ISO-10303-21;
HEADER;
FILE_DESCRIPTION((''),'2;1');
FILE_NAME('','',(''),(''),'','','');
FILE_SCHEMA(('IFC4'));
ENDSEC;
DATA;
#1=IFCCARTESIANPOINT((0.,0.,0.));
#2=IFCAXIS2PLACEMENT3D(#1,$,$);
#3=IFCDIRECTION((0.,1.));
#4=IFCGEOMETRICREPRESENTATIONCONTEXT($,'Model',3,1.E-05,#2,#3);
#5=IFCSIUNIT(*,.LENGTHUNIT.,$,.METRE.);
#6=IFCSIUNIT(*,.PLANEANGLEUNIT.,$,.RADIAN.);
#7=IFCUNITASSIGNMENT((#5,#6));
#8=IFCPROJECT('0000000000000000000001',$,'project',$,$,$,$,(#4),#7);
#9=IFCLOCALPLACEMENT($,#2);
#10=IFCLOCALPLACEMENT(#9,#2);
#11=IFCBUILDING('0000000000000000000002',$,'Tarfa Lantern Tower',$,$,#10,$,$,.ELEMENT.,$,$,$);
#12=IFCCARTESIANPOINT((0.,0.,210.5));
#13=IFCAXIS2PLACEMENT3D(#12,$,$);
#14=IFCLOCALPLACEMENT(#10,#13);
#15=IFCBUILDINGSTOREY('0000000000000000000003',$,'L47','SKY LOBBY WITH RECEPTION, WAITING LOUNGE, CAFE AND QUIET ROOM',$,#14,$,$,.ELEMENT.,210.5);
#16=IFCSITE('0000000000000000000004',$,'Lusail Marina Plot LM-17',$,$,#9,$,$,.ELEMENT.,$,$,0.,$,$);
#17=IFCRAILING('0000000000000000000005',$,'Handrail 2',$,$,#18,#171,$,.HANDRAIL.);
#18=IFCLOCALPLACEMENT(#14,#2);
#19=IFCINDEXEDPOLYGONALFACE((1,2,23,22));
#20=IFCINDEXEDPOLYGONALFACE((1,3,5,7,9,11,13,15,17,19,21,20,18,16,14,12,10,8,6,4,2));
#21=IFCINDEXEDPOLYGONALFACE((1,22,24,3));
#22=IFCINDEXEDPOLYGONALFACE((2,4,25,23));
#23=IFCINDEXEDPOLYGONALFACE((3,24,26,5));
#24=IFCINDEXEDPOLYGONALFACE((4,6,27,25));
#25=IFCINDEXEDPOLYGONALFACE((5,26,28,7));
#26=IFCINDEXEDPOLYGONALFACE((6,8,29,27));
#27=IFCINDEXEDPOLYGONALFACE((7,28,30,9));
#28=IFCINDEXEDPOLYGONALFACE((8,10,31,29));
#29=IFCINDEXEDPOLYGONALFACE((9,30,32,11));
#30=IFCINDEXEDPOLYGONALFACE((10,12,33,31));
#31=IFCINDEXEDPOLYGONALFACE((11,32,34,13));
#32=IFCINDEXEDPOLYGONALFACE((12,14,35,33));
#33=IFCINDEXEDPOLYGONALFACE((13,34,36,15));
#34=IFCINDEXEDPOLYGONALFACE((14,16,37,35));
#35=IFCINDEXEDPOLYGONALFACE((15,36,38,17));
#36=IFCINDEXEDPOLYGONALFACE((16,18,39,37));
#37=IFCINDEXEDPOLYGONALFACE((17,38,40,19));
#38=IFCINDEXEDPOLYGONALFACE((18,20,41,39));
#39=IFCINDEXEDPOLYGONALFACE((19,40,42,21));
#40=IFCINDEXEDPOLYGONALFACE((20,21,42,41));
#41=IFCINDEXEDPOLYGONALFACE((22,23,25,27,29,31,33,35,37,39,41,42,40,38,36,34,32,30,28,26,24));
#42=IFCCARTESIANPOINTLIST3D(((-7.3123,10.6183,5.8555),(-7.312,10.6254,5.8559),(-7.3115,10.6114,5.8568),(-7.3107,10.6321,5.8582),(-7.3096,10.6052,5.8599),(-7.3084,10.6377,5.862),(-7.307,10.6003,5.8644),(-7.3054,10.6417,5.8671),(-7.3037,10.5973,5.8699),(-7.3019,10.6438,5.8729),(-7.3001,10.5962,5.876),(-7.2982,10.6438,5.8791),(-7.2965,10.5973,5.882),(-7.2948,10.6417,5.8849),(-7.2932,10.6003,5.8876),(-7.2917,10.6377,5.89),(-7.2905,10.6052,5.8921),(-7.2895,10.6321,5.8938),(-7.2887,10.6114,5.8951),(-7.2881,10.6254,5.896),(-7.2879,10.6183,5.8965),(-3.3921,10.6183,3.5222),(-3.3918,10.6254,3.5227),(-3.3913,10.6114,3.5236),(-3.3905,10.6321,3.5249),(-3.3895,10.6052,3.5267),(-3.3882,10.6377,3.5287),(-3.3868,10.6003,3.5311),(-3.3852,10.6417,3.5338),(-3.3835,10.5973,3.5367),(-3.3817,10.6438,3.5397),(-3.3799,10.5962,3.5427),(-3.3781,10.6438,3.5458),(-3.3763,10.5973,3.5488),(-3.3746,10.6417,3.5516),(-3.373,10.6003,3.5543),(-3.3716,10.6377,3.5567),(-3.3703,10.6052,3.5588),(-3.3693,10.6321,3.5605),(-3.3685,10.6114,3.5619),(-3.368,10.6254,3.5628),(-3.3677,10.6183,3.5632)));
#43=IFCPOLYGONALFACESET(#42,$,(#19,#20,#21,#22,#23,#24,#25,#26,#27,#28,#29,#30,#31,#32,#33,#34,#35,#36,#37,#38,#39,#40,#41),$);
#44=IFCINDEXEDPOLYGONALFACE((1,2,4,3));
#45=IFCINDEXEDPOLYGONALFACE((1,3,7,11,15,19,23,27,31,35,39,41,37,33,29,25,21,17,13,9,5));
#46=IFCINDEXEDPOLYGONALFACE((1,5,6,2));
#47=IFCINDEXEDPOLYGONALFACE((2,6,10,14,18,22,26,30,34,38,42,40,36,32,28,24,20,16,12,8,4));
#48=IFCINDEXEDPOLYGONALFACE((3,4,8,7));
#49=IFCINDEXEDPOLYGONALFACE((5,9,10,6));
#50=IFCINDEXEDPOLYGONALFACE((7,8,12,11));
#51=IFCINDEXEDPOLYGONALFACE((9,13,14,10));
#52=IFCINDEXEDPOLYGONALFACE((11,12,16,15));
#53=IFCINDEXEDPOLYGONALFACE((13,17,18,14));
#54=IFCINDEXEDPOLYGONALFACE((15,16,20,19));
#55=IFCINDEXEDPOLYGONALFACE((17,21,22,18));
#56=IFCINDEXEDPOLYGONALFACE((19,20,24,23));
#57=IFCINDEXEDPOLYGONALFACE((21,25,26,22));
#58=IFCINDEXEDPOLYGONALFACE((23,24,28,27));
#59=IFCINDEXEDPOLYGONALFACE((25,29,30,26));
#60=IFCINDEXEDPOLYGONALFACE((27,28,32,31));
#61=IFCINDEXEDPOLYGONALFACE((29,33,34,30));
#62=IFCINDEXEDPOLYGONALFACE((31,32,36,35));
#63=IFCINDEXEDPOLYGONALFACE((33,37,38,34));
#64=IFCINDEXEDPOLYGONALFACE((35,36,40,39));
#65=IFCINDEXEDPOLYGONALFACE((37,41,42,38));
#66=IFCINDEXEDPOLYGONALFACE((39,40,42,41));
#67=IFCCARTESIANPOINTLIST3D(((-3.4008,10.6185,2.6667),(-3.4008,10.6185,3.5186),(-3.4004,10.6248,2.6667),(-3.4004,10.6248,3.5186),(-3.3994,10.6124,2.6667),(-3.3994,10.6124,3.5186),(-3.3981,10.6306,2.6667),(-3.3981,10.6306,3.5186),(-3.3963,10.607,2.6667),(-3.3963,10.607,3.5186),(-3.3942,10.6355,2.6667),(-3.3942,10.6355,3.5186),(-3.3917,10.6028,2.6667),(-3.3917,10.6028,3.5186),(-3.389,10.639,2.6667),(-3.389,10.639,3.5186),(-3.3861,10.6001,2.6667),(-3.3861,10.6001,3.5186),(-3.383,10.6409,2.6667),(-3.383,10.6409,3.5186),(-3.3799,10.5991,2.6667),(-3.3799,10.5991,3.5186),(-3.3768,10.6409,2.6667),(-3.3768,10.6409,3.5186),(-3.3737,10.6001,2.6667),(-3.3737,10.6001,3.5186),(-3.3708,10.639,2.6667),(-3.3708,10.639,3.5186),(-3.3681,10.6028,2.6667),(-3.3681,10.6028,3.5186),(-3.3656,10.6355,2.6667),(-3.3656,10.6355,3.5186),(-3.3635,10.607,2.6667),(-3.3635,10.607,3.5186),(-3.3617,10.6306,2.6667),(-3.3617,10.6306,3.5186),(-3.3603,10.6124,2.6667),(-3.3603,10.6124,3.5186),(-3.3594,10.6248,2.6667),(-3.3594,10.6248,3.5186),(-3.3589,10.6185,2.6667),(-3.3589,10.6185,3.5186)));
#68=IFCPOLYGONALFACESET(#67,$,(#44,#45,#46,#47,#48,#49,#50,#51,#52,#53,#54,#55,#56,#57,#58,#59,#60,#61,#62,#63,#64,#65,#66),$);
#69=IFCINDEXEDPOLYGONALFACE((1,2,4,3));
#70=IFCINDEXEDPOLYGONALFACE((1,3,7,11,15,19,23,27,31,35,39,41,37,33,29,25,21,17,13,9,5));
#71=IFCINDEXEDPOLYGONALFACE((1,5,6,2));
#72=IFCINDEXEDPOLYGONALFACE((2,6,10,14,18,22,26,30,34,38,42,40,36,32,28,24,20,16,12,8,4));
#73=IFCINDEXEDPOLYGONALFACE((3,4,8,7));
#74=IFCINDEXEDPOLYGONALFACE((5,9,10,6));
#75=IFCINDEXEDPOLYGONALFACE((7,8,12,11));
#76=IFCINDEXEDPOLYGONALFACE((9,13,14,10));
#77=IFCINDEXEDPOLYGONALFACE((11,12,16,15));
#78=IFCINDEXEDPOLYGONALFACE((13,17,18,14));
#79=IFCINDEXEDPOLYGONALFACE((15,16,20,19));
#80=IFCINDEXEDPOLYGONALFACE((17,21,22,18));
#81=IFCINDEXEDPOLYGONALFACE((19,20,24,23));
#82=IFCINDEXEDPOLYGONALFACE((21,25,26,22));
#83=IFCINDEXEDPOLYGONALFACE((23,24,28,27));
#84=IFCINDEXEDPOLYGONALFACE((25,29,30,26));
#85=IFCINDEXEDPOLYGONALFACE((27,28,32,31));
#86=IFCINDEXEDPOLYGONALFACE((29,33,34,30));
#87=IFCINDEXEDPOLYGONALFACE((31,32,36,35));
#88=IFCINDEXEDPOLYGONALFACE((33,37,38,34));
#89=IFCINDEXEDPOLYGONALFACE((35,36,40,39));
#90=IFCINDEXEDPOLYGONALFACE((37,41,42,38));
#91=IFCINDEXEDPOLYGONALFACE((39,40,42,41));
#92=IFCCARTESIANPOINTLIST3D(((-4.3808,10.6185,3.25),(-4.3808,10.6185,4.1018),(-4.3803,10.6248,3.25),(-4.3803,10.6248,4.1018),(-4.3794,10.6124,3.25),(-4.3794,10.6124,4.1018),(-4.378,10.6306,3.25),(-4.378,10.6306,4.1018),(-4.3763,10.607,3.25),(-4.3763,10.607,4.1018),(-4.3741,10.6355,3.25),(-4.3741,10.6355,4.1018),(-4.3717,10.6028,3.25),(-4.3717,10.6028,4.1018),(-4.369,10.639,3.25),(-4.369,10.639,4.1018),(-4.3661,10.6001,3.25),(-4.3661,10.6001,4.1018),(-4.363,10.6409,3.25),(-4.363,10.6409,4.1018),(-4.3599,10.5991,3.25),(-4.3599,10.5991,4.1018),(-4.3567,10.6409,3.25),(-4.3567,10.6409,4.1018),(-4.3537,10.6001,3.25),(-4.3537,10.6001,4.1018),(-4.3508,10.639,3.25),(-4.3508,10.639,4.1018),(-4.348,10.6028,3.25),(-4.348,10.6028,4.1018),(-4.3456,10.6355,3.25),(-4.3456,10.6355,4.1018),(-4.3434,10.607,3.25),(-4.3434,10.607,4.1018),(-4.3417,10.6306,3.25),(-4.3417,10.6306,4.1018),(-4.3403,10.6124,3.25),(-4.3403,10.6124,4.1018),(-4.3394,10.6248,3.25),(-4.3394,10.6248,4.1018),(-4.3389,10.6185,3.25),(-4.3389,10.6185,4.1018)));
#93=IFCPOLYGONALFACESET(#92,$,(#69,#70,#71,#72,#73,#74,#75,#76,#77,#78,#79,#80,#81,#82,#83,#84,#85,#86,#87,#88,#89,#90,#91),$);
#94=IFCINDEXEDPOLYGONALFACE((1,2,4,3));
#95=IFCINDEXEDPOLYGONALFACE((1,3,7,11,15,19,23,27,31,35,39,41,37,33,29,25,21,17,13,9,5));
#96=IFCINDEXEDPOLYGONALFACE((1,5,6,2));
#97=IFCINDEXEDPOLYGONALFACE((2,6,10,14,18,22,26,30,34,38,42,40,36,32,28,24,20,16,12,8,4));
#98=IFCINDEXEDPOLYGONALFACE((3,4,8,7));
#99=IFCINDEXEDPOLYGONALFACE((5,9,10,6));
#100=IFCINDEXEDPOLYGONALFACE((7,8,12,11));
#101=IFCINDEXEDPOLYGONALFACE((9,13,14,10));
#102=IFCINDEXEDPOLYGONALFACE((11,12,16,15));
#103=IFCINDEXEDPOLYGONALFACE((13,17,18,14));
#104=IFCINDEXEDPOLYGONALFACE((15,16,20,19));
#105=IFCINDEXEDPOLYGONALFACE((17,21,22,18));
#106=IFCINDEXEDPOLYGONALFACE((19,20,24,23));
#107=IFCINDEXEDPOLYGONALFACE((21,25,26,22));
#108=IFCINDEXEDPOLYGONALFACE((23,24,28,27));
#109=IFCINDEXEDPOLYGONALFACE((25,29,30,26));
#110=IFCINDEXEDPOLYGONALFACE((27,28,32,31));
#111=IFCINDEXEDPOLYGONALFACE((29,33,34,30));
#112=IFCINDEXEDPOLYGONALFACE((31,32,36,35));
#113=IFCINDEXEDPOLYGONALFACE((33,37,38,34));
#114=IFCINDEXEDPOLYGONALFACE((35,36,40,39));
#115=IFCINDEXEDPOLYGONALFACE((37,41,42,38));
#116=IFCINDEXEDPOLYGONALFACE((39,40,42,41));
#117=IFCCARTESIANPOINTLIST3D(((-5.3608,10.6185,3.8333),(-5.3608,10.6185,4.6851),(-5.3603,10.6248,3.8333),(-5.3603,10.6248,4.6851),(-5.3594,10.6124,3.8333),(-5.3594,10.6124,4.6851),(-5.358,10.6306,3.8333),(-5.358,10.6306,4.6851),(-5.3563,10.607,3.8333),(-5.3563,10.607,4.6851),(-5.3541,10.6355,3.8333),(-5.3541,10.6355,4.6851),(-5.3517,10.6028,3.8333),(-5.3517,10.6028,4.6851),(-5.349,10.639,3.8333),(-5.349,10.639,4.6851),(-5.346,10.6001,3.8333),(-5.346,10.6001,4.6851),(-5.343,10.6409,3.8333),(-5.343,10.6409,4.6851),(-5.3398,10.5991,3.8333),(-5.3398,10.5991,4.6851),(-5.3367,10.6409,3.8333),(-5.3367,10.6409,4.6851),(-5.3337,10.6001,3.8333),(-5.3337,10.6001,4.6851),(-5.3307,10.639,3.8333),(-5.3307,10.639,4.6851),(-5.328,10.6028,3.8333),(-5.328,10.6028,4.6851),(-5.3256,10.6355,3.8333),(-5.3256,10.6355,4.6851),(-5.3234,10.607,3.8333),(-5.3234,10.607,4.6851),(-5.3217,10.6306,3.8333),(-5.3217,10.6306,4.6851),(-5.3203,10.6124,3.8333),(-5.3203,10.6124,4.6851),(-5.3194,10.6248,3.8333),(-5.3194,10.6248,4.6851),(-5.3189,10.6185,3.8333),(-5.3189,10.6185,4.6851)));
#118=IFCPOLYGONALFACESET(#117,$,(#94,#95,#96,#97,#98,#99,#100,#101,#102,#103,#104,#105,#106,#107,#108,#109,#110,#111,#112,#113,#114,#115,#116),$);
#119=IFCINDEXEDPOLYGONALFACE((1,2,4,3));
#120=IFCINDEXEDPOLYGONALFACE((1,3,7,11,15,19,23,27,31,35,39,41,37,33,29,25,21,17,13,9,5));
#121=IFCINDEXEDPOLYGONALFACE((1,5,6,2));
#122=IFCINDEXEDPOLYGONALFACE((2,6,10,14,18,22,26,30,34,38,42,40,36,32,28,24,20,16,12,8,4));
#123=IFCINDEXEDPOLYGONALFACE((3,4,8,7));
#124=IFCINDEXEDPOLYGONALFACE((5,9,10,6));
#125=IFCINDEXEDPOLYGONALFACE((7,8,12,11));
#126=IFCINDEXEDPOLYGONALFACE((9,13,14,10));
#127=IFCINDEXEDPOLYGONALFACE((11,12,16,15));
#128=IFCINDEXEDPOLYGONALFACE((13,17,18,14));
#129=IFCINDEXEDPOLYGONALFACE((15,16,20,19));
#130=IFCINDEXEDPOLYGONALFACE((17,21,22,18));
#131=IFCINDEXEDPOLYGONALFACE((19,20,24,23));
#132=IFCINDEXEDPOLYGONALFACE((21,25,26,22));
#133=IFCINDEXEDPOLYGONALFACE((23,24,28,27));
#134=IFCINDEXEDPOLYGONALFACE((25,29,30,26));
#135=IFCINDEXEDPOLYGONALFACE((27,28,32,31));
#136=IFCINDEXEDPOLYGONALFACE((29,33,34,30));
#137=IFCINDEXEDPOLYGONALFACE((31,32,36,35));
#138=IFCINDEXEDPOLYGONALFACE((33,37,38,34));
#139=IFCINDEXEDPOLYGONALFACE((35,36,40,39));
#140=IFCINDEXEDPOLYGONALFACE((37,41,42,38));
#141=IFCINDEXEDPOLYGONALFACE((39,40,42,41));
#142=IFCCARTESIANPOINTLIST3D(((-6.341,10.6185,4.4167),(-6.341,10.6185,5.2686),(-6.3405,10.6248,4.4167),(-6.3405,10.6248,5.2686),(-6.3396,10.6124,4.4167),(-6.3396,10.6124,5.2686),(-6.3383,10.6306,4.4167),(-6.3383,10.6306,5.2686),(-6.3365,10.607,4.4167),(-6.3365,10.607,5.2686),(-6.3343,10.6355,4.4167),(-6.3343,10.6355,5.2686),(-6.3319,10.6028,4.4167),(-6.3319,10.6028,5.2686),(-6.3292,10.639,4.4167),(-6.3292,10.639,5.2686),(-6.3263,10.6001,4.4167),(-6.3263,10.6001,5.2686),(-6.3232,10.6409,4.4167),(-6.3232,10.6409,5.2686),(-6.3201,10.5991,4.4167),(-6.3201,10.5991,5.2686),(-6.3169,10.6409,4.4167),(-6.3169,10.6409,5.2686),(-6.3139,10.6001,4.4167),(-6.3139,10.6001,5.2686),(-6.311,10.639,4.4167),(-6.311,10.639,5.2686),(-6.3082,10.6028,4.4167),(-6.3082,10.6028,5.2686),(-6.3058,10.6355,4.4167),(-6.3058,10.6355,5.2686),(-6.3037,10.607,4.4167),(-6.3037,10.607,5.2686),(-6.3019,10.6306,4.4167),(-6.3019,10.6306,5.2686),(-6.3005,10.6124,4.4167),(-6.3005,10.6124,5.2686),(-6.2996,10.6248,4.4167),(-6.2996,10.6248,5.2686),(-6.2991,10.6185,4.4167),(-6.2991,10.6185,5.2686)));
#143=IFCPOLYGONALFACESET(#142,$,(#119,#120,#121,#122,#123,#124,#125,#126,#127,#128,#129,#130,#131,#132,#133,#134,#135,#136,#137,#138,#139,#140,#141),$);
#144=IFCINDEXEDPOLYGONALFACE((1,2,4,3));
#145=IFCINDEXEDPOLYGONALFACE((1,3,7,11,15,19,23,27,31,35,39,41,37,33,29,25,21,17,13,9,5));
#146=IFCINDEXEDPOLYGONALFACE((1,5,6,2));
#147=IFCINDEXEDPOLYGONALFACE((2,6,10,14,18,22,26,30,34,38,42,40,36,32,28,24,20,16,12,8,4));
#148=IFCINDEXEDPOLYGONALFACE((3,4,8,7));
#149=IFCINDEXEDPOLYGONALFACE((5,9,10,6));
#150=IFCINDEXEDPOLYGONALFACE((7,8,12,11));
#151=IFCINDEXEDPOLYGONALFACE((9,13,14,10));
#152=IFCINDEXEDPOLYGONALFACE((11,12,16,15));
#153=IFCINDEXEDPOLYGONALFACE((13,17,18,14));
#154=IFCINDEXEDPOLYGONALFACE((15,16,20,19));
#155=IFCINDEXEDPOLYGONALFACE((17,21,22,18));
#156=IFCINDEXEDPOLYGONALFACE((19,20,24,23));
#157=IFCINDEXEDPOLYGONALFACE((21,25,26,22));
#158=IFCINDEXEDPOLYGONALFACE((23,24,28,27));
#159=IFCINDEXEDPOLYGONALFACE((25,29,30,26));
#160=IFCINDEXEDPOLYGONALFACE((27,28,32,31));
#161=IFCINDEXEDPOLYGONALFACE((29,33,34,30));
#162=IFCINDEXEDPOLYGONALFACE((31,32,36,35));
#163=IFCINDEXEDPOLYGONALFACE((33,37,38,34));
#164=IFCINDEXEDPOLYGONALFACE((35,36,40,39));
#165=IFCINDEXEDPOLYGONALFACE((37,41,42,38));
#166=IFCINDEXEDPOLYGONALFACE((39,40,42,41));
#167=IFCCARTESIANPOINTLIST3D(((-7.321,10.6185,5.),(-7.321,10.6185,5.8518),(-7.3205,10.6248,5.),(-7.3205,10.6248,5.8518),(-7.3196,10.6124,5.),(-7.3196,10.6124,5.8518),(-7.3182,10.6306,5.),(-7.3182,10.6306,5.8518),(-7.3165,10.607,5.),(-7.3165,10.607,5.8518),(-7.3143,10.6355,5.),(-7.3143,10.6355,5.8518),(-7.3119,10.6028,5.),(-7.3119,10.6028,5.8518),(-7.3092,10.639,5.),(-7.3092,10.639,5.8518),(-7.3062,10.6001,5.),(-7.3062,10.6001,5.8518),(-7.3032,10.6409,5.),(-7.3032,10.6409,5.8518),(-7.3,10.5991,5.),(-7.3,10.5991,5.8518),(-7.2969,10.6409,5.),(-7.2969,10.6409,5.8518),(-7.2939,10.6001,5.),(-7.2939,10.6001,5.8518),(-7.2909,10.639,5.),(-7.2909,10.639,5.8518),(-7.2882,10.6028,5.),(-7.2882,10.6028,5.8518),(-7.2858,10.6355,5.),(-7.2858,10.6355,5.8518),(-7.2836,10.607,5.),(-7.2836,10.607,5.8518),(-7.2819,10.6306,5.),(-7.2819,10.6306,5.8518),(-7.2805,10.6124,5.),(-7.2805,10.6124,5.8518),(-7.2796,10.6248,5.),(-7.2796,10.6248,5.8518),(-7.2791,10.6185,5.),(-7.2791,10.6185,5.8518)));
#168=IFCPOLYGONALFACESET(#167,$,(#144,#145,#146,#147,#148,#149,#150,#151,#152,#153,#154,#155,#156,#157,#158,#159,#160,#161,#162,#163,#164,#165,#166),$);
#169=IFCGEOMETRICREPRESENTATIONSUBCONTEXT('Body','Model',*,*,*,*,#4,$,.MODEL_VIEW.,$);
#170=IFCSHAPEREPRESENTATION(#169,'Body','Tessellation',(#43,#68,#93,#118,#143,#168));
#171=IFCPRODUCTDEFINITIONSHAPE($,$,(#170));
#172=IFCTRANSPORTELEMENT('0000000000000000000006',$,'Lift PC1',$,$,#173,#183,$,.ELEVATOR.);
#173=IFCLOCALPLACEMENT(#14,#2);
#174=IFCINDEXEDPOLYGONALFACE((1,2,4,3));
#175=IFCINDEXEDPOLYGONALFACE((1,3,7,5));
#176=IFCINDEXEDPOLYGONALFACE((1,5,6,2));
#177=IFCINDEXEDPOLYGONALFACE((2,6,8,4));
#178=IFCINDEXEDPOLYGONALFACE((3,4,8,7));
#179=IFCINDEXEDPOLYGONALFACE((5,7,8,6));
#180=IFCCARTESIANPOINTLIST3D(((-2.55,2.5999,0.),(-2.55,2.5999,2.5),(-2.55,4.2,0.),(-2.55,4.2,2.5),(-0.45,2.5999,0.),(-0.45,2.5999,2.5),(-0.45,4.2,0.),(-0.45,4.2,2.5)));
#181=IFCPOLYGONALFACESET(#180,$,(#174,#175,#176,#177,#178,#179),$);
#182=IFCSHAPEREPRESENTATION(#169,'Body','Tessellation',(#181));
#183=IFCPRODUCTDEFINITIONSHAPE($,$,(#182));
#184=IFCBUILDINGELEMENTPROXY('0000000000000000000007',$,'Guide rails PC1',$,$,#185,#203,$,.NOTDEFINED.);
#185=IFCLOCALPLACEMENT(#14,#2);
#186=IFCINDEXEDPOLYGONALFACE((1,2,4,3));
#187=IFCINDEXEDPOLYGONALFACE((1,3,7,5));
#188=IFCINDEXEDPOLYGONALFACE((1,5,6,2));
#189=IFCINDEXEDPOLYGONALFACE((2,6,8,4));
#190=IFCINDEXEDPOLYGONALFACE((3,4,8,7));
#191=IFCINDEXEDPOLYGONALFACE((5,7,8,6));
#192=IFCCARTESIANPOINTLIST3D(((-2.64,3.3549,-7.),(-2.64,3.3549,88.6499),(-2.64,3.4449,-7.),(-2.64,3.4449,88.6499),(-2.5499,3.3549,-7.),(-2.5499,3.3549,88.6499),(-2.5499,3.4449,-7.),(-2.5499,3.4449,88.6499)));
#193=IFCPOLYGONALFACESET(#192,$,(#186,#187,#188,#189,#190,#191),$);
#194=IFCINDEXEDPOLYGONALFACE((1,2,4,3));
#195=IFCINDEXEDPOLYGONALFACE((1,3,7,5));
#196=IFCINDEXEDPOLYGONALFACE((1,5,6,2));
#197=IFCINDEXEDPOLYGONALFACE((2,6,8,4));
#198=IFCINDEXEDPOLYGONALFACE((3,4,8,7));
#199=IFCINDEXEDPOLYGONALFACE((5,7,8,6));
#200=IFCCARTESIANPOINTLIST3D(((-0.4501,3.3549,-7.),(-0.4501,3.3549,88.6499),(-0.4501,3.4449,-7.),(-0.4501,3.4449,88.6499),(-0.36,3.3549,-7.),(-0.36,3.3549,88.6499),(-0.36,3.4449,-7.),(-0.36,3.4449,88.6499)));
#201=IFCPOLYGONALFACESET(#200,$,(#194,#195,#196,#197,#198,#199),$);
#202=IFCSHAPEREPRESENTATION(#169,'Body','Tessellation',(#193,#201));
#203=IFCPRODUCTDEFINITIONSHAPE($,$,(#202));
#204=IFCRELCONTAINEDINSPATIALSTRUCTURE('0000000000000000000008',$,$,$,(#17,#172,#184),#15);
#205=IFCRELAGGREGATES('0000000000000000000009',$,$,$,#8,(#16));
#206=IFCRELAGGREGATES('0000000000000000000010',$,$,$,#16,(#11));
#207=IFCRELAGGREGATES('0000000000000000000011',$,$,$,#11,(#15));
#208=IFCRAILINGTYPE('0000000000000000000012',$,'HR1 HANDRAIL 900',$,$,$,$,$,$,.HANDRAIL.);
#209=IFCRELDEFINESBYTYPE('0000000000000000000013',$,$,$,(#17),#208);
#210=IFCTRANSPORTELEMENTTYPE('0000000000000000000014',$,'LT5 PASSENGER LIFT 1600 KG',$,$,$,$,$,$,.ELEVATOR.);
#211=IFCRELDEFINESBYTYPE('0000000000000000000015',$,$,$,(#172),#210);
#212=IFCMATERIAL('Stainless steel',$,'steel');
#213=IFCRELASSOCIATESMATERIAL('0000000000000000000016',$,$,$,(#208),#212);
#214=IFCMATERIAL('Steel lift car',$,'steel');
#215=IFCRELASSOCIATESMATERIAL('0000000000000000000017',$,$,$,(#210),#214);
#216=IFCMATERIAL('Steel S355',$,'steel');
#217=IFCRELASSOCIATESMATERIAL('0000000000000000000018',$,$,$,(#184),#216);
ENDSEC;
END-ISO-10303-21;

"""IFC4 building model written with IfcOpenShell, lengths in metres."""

from ifc_helpers import new_model, si_unit, direction, frame, frame_2d, origin, origin_2d, place, context, subcontext, project, spatial, rectangle, circle, extrude, material, type_object, element, save


model = new_model("IFC4")

# Units and contexts
model_context = context("Model", 3, precision=1e-05, world=origin(), true_north=direction((0.0, 1.0)))
body_context = subcontext(model_context, "Body", "Model", "MODEL_VIEW")
ifc_project = project(units=[si_unit("LENGTHUNIT", "METRE"), si_unit("PLANEANGLEUNIT", "RADIAN")], contexts=[model_context])

# Site, building, storey
site_placement = place(None, origin())
site = spatial("IfcSite", under=ifc_project, at=site_placement, Name="Lusail Marina Plot LM-17", CompositionType="ELEMENT", RefElevation=0.0)
building_placement = place(site_placement, origin())
building = spatial("IfcBuilding", under=site, at=building_placement, Name="Tarfa Lantern Tower", CompositionType="ELEMENT")
storey_placement = place(building_placement, frame((0.0, 0.0, 210.5)))
storey = spatial("IfcBuildingStorey", under=building, at=storey_placement, Name="L47", Description="SKY LOBBY WITH RECEPTION, WAITING LOUNGE, CAFE AND QUIET ROOM", CompositionType="ELEMENT", Elevation=210.5)

# Railing
ifc_material_1 = material(Name="Stainless steel", Category="steel")
railing_type = type_object("IfcRailingType", Name="HR1 HANDRAIL 900", PredefinedType="HANDRAIL", material=ifc_material_1)
railing_1_placement = place(storey_placement, frame((-3.3799, 10.6201, 2.6667)))
element("IfcRailing", 1, at=railing_1_placement, inside=storey, type_object=railing_type, Name="Handrail 2", PredefinedType="HANDRAIL", context=body_context, shape_type="SweptSolid", body=[
    extrude(circle(Radius=0.0239, at=origin_2d()), frame((0.0, 0.0, 0.876), z_axis=(-0.85931, 0.0, 0.511455), x_axis=(0.0, -1.0, 0.0)), (0.0, 0.0, 1.0), 4.562),
    extrude(circle(Radius=0.021, at=origin_2d()), frame((0.0, 0.0, 0.0), z_axis=(0.0, 0.0, 1.0), x_axis=(0.0, -1.0, 0.0)), (0.0, 0.0, 1.0), 0.8518),
    extrude(circle(Radius=0.021, at=origin_2d()), frame((-0.98, 0.0, 0.5833), z_axis=(0.0, 0.0, 1.0), x_axis=(0.0, -1.0, 0.0)), (0.0, 0.0, 1.0), 0.8518),
    extrude(circle(Radius=0.021, at=origin_2d()), frame((-1.96, 0.0, 1.1665), z_axis=(0.0, 0.0, 1.0), x_axis=(0.0, -1.0, 0.0)), (0.0, 0.0, 1.0), 0.8518),
    extrude(circle(Radius=0.021, at=origin_2d()), frame((-2.9402, 0.0, 1.75), z_axis=(0.0, 0.0, 1.0), x_axis=(0.0, -1.0, 0.0)), (0.0, 0.0, 1.0), 0.8518),
    extrude(circle(Radius=0.021, at=origin_2d()), frame((-3.9202, 0.0, 2.3333), z_axis=(0.0, 0.0, 1.0), x_axis=(0.0, -1.0, 0.0)), (0.0, 0.0, 1.0), 0.8518),
])

# Transport element
ifc_material_2 = material(Name="Steel lift car", Category="steel")
transport_element_type = type_object("IfcTransportElementType", Name="LT5 PASSENGER LIFT 1600 KG", PredefinedType="ELEVATOR", material=ifc_material_2)
transport_element_placement = place(storey_placement, frame((-1.5, 3.3999, 0.0), z_axis=(0.0, 0.0, 1.0), x_axis=(1.0, 0.0, 0.0)))
element("IfcTransportElement", 2, at=transport_element_placement, inside=storey, type_object=transport_element_type, Name="Lift PC1", PredefinedType="ELEVATOR", context=body_context, shape_type="SweptSolid", body=[
    extrude(rectangle(XDim=2.1001, YDim=1.6001, at=origin_2d()), origin(), (0.0, 0.0, 1.0), 2.5),
])

# Building element proxy
ifc_material_3 = material(Name="Steel S355", Category="steel")
proxy_placement = place(storey_placement, frame((-2.595, 3.3999, -7.0), z_axis=(0.0, 0.0, 1.0), x_axis=(1.0, 0.0, 0.0)))
element("IfcBuildingElementProxy", 3, at=proxy_placement, inside=storey, material=ifc_material_3, Name="Guide rails PC1", PredefinedType="NOTDEFINED", context=body_context, shape_type="SweptSolid", body=[
    extrude(rectangle(XDim=0.0901, YDim=0.0901, at=origin_2d()), origin(), (0.0, 0.0, 1.0), 95.6499),
    extrude(rectangle(XDim=0.0901, YDim=0.0901, at=frame_2d((2.1899, 0.0))), origin(), (0.0, 0.0, 1.0), 95.6499),
])

save(model, "model.ifc")
